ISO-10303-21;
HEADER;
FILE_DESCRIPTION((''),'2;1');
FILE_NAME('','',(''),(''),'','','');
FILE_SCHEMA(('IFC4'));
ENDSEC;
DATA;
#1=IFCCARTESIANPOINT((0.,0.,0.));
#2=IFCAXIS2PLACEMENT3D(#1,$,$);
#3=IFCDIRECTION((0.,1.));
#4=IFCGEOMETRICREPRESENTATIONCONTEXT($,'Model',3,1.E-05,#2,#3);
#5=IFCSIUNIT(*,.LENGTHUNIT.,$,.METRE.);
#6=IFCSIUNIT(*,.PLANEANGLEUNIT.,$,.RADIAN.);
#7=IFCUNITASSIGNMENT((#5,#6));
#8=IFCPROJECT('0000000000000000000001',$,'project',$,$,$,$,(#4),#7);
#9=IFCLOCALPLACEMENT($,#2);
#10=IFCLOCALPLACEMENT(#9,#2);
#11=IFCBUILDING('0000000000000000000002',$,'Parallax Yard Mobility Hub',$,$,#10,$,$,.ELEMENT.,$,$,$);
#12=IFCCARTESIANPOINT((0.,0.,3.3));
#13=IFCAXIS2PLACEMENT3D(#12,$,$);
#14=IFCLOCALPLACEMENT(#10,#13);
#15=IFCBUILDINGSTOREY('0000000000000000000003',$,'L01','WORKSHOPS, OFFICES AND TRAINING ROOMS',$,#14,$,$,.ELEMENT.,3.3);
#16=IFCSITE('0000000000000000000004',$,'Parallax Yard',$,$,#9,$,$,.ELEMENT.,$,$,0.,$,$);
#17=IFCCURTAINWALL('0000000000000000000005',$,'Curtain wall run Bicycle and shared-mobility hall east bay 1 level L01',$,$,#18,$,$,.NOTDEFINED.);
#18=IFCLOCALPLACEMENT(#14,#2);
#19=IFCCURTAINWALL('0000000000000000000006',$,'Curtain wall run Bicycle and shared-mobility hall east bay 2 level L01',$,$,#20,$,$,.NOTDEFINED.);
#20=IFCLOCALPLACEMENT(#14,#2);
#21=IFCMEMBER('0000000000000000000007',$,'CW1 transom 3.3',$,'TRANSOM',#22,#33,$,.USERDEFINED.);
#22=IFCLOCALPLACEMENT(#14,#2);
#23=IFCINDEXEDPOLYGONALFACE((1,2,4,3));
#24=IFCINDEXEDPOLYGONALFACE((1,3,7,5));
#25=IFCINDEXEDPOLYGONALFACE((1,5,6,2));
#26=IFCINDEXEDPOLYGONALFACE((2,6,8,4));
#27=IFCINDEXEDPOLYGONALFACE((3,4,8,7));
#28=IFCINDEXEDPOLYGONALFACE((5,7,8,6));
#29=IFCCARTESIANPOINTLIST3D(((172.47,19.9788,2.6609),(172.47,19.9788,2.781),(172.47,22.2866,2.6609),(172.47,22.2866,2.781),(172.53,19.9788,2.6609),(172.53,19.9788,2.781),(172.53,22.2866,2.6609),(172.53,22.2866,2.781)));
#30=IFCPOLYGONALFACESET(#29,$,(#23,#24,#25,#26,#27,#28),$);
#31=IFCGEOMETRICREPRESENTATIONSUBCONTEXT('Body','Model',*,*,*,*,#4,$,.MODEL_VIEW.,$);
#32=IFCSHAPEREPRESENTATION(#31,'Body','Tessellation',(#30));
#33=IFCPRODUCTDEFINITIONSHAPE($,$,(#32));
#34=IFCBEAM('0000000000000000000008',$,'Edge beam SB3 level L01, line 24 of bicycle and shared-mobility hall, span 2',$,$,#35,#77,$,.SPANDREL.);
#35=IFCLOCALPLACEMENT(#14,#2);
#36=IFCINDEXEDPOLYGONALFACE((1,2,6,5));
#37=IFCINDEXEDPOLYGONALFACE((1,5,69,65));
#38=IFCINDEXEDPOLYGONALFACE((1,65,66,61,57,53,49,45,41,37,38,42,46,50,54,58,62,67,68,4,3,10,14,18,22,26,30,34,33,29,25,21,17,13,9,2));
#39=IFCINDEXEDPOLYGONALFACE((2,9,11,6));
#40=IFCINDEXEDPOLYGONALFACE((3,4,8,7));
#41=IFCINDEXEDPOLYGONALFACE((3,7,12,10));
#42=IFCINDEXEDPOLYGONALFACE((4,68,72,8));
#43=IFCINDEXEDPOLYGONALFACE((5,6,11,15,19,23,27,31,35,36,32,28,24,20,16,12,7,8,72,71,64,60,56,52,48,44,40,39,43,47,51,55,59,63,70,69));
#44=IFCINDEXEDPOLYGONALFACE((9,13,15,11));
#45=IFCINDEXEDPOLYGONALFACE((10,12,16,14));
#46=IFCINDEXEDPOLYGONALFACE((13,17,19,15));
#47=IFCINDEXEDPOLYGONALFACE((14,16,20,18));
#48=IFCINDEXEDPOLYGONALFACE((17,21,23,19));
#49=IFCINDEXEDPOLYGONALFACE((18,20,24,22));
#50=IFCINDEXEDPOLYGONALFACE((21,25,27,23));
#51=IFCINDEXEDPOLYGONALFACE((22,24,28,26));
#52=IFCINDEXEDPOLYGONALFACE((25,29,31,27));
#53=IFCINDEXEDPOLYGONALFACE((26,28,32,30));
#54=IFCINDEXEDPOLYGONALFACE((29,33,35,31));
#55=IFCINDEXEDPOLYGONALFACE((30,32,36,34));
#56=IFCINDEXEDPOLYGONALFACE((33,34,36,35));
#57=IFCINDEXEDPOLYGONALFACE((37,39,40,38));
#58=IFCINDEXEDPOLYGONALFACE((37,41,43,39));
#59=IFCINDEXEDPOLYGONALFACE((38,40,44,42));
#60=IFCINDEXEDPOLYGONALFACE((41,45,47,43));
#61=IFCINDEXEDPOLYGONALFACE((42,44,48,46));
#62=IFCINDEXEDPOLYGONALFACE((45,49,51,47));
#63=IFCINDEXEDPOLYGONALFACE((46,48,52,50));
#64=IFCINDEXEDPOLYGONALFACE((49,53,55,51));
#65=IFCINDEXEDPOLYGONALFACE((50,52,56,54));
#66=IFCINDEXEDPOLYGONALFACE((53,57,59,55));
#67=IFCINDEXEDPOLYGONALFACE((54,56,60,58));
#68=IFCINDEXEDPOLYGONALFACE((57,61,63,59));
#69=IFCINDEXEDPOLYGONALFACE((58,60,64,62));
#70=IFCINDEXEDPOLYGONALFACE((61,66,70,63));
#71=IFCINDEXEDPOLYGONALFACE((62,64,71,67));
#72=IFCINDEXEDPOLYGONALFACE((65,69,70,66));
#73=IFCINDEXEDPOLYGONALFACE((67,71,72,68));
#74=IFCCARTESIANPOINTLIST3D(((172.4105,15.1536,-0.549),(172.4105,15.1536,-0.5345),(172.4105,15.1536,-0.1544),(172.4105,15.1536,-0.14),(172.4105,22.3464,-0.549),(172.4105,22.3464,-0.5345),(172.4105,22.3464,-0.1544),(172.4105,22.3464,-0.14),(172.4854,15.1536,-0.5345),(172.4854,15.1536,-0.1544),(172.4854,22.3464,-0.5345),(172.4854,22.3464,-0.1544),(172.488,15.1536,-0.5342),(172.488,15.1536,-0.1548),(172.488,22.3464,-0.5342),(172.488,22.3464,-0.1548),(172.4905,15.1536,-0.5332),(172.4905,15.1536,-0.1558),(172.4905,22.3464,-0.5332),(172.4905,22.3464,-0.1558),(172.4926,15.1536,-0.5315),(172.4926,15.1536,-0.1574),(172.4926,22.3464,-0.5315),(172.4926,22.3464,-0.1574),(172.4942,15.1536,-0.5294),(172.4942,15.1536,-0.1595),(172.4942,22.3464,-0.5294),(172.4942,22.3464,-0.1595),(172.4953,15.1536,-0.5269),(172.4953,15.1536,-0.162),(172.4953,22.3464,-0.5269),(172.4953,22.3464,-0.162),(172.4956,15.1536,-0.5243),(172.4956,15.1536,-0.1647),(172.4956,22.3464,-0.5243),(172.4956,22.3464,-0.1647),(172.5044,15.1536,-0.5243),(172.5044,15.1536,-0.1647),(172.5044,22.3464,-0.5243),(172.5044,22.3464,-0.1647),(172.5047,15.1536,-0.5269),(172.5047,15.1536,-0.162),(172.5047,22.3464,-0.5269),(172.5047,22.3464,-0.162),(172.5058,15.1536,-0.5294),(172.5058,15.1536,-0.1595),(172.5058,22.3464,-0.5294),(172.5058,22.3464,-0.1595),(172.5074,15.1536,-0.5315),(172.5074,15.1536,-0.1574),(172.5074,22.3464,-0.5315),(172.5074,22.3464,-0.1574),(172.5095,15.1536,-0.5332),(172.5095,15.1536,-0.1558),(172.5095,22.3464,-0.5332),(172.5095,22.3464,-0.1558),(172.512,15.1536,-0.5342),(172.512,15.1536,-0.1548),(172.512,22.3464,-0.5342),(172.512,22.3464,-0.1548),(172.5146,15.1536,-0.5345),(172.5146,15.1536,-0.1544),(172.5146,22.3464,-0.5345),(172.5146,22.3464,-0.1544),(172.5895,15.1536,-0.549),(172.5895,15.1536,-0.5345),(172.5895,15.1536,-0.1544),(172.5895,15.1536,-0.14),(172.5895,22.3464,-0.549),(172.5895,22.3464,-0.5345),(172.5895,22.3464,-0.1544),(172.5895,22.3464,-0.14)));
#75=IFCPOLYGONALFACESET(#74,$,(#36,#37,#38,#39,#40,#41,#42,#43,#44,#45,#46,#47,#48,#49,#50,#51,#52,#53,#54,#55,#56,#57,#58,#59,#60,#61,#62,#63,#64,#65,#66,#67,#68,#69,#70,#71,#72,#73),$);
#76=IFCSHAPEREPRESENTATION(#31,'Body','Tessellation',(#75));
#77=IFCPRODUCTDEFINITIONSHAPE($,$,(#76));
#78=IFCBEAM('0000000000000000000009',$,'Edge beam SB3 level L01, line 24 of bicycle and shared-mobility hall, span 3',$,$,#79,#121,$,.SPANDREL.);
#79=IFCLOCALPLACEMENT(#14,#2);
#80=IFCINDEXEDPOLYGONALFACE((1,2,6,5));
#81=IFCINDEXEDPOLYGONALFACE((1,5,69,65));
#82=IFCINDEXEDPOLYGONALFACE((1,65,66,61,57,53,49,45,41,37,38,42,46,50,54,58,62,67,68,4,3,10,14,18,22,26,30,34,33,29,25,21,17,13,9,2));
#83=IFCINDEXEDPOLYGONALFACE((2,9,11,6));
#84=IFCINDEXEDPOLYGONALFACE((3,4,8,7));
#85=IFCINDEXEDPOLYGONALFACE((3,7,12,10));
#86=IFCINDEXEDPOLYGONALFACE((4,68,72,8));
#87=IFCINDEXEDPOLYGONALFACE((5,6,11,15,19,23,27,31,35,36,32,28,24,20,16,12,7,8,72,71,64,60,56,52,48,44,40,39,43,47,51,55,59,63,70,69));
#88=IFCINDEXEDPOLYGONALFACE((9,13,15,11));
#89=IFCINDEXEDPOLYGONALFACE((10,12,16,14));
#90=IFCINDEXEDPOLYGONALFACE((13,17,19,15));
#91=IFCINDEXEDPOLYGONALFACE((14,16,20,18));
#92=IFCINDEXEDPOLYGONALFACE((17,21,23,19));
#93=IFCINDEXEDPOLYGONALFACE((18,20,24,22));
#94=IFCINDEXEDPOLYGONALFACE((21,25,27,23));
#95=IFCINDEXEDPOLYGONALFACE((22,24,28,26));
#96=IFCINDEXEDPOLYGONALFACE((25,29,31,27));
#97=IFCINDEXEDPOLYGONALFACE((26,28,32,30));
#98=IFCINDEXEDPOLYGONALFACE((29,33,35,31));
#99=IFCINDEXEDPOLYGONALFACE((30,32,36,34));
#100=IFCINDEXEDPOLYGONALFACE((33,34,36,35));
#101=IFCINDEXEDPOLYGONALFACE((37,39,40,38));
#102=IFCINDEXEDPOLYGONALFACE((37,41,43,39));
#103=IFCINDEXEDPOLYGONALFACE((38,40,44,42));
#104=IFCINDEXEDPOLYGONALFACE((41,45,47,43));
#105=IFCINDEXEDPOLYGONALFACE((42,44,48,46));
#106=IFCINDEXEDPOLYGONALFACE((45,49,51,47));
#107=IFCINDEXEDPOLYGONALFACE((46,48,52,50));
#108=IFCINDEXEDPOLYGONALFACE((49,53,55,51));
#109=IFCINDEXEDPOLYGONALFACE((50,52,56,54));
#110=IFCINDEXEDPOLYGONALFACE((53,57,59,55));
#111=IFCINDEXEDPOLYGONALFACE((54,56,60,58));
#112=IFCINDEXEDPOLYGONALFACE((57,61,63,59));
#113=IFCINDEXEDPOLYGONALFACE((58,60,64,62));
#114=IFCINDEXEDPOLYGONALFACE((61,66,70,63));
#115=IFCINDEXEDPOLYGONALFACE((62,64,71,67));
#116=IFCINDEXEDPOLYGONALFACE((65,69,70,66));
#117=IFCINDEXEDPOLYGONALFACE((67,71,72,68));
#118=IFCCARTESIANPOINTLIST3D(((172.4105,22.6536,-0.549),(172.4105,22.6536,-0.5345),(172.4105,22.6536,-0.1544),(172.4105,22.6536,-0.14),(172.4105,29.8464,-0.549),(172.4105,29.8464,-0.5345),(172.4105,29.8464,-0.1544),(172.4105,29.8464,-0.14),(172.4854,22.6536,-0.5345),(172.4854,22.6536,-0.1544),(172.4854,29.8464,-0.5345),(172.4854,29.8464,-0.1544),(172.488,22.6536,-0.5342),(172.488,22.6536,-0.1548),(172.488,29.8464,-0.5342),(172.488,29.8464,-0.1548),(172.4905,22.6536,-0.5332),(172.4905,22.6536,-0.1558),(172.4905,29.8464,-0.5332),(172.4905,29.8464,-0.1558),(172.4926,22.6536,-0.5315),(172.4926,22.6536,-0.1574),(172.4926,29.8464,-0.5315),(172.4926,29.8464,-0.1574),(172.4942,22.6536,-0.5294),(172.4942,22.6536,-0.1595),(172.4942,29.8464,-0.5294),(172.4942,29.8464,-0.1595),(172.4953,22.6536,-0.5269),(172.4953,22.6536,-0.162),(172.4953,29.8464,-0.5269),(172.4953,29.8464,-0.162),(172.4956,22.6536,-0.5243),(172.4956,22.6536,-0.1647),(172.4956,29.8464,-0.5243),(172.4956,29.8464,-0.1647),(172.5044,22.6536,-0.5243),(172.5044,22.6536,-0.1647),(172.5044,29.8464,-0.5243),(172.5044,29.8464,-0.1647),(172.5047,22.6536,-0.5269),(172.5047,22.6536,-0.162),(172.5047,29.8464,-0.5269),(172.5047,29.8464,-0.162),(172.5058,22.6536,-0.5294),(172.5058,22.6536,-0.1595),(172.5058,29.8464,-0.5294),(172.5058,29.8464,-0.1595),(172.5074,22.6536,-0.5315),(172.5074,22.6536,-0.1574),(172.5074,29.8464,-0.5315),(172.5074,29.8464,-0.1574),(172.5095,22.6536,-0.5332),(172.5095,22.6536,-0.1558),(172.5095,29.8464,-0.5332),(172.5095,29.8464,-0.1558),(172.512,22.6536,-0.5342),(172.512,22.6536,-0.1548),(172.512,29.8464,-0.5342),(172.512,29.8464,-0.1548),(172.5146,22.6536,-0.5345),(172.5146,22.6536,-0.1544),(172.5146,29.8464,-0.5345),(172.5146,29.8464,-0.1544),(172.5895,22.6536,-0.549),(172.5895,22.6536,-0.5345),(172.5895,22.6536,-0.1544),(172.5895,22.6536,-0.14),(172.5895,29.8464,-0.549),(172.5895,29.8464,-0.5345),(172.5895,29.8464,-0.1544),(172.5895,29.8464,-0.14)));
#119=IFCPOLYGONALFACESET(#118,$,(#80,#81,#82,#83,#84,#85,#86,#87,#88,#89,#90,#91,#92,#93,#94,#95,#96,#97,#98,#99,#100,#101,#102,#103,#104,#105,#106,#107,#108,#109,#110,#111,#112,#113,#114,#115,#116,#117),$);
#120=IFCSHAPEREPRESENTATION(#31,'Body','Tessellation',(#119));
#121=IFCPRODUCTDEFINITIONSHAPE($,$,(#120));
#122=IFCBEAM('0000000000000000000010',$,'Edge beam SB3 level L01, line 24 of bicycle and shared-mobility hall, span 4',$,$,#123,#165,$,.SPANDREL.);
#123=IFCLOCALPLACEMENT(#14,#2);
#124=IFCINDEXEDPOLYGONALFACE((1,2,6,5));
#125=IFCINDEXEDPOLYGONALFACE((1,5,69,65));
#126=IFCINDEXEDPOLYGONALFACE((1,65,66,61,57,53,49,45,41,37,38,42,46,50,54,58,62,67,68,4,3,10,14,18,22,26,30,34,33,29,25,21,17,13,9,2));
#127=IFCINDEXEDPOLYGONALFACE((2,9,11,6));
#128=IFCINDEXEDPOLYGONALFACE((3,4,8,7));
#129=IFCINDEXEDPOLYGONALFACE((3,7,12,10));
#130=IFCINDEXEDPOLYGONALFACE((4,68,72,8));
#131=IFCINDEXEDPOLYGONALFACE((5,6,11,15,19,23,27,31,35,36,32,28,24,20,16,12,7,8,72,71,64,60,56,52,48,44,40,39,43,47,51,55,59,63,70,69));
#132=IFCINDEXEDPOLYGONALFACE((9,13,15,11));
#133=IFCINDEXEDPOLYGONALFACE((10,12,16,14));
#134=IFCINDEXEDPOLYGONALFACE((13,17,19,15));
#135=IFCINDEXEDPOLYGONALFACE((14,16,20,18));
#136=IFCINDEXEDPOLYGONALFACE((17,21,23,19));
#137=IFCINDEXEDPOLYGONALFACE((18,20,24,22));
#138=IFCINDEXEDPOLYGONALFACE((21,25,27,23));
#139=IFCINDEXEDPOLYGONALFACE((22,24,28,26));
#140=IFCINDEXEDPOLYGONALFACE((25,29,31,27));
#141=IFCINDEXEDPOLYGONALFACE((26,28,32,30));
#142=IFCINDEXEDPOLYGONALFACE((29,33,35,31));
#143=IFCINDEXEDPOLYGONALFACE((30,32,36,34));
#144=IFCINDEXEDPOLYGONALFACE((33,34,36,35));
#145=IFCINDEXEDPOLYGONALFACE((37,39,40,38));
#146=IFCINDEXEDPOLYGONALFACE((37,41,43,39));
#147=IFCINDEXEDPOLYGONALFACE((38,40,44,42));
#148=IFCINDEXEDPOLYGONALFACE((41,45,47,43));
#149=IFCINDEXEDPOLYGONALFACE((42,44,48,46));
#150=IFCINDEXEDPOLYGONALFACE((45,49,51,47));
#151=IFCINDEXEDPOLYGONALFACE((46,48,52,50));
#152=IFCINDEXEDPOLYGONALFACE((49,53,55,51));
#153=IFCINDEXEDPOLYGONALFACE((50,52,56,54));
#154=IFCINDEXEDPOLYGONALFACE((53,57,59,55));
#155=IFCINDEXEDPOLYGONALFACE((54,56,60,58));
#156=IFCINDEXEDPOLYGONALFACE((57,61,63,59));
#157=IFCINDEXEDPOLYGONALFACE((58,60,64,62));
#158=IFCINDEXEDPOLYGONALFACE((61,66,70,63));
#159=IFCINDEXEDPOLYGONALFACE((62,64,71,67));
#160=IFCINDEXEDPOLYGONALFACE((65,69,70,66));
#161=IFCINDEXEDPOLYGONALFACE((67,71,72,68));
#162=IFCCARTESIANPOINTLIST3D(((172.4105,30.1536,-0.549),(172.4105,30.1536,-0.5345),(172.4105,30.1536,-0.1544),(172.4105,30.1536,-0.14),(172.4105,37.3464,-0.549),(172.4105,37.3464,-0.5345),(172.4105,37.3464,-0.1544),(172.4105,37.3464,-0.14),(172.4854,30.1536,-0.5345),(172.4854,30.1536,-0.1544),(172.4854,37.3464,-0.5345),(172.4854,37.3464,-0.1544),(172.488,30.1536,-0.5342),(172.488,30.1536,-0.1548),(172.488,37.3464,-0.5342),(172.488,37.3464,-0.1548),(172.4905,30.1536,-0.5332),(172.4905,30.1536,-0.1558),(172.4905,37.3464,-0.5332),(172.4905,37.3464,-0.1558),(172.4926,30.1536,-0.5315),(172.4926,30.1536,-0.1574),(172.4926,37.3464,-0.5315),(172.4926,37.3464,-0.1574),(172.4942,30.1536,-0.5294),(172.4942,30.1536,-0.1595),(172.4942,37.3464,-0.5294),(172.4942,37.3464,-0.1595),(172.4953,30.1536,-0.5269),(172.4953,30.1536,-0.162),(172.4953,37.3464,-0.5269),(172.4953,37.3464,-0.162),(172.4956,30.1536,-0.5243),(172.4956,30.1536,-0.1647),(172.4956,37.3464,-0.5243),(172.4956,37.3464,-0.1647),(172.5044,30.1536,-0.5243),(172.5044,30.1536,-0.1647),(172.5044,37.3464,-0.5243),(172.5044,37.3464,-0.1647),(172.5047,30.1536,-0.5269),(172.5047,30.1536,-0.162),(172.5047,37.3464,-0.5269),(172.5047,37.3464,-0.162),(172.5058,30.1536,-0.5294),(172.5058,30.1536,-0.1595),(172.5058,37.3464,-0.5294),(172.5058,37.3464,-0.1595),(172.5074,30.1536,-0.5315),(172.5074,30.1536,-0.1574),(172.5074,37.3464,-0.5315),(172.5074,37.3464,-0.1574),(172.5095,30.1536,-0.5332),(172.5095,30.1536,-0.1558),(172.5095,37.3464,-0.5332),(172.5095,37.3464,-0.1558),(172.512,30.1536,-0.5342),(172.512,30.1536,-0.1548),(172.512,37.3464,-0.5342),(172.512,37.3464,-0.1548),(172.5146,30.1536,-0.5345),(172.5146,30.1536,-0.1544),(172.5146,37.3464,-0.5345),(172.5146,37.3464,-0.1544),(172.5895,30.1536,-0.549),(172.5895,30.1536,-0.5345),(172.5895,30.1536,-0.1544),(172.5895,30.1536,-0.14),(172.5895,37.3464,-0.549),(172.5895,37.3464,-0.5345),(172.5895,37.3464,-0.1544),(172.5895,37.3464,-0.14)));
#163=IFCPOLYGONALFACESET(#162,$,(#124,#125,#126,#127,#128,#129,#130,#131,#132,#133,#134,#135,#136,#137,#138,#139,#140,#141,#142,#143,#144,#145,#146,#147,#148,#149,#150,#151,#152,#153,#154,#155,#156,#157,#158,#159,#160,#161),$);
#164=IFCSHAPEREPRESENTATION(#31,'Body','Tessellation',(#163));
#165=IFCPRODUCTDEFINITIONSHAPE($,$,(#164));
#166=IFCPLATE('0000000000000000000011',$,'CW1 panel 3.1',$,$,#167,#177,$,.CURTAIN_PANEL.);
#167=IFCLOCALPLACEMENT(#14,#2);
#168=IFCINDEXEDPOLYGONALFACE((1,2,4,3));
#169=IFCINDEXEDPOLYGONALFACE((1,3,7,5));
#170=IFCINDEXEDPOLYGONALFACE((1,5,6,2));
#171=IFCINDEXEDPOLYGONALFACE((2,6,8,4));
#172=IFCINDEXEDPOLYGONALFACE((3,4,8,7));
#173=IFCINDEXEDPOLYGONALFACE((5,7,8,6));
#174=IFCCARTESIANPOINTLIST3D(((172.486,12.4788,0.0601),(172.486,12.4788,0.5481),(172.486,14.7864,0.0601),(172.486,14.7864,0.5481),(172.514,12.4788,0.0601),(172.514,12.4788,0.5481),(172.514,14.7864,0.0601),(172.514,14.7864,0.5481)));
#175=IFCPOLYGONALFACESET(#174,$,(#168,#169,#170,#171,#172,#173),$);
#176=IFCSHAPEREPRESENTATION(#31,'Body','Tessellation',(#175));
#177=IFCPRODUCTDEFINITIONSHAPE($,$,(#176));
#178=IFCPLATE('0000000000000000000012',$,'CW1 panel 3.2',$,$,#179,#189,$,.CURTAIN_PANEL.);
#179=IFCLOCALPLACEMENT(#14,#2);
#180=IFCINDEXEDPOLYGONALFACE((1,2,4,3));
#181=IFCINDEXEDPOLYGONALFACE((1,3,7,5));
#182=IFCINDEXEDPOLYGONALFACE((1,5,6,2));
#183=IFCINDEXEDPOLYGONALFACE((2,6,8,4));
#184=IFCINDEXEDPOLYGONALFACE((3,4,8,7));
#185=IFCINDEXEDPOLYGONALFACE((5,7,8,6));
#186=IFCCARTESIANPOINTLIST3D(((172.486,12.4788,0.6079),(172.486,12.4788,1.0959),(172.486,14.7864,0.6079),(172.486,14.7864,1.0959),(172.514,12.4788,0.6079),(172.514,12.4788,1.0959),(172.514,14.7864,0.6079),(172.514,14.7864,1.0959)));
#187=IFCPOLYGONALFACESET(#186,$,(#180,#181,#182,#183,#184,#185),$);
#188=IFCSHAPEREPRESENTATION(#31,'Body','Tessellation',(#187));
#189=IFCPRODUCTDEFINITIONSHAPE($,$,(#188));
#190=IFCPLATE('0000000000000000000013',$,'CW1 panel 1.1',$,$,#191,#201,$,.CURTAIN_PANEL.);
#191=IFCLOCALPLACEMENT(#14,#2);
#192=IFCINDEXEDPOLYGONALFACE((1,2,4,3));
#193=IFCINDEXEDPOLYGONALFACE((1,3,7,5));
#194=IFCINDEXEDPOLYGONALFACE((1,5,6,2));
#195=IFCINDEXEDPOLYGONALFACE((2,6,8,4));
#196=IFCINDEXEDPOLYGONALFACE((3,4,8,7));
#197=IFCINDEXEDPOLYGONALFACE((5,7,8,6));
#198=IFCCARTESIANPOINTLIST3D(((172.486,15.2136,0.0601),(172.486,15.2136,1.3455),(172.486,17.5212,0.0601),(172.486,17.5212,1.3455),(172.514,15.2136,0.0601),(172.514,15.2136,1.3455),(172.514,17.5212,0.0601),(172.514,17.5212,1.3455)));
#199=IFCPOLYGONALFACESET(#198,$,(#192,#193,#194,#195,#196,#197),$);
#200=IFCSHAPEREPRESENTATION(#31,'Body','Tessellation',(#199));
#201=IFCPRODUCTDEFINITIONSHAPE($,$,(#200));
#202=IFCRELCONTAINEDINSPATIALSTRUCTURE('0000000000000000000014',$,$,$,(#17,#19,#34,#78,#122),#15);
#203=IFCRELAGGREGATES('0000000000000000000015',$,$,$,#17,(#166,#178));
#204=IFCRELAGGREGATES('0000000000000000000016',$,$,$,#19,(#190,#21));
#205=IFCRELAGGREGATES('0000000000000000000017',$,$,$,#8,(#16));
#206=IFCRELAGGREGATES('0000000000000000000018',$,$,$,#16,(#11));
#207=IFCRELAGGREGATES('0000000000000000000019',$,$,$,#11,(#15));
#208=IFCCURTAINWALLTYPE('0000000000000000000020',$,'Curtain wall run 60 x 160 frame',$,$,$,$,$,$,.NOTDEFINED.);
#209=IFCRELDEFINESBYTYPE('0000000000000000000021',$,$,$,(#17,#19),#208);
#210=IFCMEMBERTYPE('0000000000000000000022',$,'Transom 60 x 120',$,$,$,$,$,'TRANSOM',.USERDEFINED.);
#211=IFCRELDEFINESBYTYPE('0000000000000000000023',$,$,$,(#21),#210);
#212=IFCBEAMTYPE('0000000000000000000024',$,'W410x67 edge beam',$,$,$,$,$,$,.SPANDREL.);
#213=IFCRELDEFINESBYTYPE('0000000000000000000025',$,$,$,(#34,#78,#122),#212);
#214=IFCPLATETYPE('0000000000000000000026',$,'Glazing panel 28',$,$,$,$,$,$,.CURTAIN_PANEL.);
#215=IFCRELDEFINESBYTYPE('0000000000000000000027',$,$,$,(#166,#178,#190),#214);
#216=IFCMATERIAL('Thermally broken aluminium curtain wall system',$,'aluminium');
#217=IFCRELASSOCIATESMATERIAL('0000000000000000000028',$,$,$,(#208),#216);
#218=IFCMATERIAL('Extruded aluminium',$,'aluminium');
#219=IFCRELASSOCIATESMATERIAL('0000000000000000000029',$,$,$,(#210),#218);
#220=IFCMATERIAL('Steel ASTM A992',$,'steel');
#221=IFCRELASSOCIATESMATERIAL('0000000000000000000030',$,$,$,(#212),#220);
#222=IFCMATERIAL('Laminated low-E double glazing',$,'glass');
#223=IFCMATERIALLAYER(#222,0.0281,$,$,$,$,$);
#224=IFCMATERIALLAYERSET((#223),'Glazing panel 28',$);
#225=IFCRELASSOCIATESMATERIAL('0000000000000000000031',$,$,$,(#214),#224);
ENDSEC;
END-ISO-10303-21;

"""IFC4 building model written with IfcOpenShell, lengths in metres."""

from ifc_helpers import new_model, si_unit, direction, frame, origin, origin_2d, place, context, subcontext, project, spatial, rectangle, i_section, extrude, material, layer, layer_set, material_profile, profile_set, type_object, element, aggregate, save


model = new_model("IFC4")

# Units and contexts
model_context = context("Model", 3, precision=1e-05, world=origin(), true_north=direction((0.0, 1.0)))
body_context = subcontext(model_context, "Body", "Model", "MODEL_VIEW")
ifc_project = project(units=[si_unit("LENGTHUNIT", "METRE"), si_unit("PLANEANGLEUNIT", "RADIAN")], contexts=[model_context])

# Site, building, storey
site_placement = place(None, origin())
site = spatial("IfcSite", under=ifc_project, at=site_placement, Name="Parallax Yard", CompositionType="ELEMENT", RefElevation=0.0)
building_placement = place(site_placement, origin())
building = spatial("IfcBuilding", under=site, at=building_placement, Name="Parallax Yard Mobility Hub", CompositionType="ELEMENT")
storey_placement = place(building_placement, frame((0.0, 0.0, 3.3)))
storey = spatial("IfcBuildingStorey", under=building, at=storey_placement, Name="L01", Description="WORKSHOPS, OFFICES AND TRAINING ROOMS", CompositionType="ELEMENT", Elevation=3.3)

# Shared definitions
ifc_material_1 = material(Name="Steel ASTM A992", Category="steel")

# Curtain wall
ifc_material_2 = material(Name="Thermally broken aluminium curtain wall system", Category="aluminium")
curtain_wall_type = type_object("IfcCurtainWallType", Name="Curtain wall run 60 x 160 frame", PredefinedType="NOTDEFINED", material=ifc_material_2)
curtain_wall_1_placement = place(storey_placement, origin())
curtain_wall_1 = element("IfcCurtainWall", 1, at=curtain_wall_1_placement, inside=storey, type_object=curtain_wall_type, Name="Curtain wall run Bicycle and shared-mobility hall east bay 1 level L01", PredefinedType="NOTDEFINED")
ifc_material_3 = material(Name="Extruded aluminium", Category="aluminium")

# Curtain wall
curtain_wall_2_placement = place(storey_placement, origin())
curtain_wall_2 = element("IfcCurtainWall", 2, at=curtain_wall_2_placement, inside=storey, type_object=curtain_wall_type, Name="Curtain wall run Bicycle and shared-mobility hall east bay 2 level L01", PredefinedType="NOTDEFINED")

# Member
ifc_material_profile_1 = material_profile(ifc_material_3, rectangle(XDim=0.0601, YDim=0.1201, at=origin_2d()), Name="Transom 60 x 120")
ifc_profile_set_1 = profile_set([ifc_material_profile_1], Name="Extruded aluminium")
member_type_1 = type_object("IfcMemberType", Name="Transom 60 x 120", ElementType="TRANSOM", PredefinedType="USERDEFINED", material=ifc_profile_set_1)
member_1_placement = place(storey_placement, frame((172.5, 19.9788, 2.7209), z_axis=(0.0, 1.0, 0.0), x_axis=(-1.0, 0.0, 0.0)))
member_1 = element("IfcMember", 3, at=member_1_placement, type_object=member_type_1, Name="CW1 transom 3.3", ObjectType="TRANSOM", PredefinedType="USERDEFINED", context=body_context, shape_type="SweptSolid", body=[
    extrude(rectangle(XDim=0.0601, YDim=0.1201, at=origin_2d()), origin(), (0.0, 0.0, 1.0), 2.3079),
])

# Beams
ifc_material_profile_2 = material_profile(ifc_material_1, i_section(OverallWidth=0.179, OverallDepth=0.4089, WebThickness=0.0088, FlangeThickness=0.0144, FilletRadius=0.0103, at=origin_2d()), Name="W410x67")
ifc_profile_set_2 = profile_set([ifc_material_profile_2], Name="Steel ASTM A992")
beam_type = type_object("IfcBeamType", Name="W410x67 edge beam", PredefinedType="SPANDREL", material=ifc_profile_set_2)
for number, where, z_axis, x_axis, name in (
    (4, (172.5, 15.1536, -0.3445), (0.0, 1.0, 0.0), (-1.0, 0.0, 0.0), "Edge beam SB3 level L01, line 24 of bicycle and shared-mobility hall, span 2"),
    (5, (172.5, 22.6536, -0.3445), (0.0, 1.0, 0.0), (-1.0, 0.0, 0.0), "Edge beam SB3 level L01, line 24 of bicycle and shared-mobility hall, span 3"),
    (6, (172.5, 30.1536, -0.3445), (0.0, 1.0, 0.0), (-1.0, 0.0, 0.0), "Edge beam SB3 level L01, line 24 of bicycle and shared-mobility hall, span 4"),
):
    element("IfcBeam", number, at=place(storey_placement, frame(where, z_axis=z_axis, x_axis=x_axis)), inside=storey, type_object=beam_type, Name=name, PredefinedType="SPANDREL", context=body_context, shape_type="SweptSolid", body=[
        extrude(i_section(OverallWidth=0.179, OverallDepth=0.4089, WebThickness=0.0088, FlangeThickness=0.0144, FilletRadius=0.0103, at=origin_2d()), origin(), (0.0, 0.0, 1.0), 7.1929),
    ])

# Plates
ifc_material_4 = material(Name="Laminated low-E double glazing", Category="glass")
ifc_layer_1 = layer(ifc_material_4, 0.0281)
ifc_layer_set_1 = layer_set([ifc_layer_1], Name="Glazing panel 28")
plate_type = type_object("IfcPlateType", Name="Glazing panel 28", PredefinedType="CURTAIN_PANEL", material=ifc_layer_set_1)
plate_1_placement = place(storey_placement, frame((172.5, 13.6326, 0.0601), z_axis=(0.0, 0.0, 1.0), x_axis=(0.0, 1.0, 0.0)))
plate_1 = element("IfcPlate", 7, at=plate_1_placement, type_object=plate_type, Name="CW1 panel 3.1", PredefinedType="CURTAIN_PANEL", context=body_context, shape_type="SweptSolid", body=[
    extrude(rectangle(XDim=2.3076, YDim=0.0281, at=origin_2d()), origin(), (0.0, 0.0, 1.0), 0.488),
])
plate_2_placement = place(storey_placement, frame((172.5, 13.6326, 0.6079), z_axis=(0.0, 0.0, 1.0), x_axis=(0.0, 1.0, 0.0)))
plate_2 = element("IfcPlate", 8, at=plate_2_placement, type_object=plate_type, Name="CW1 panel 3.2", PredefinedType="CURTAIN_PANEL", context=body_context, shape_type="SweptSolid", body=[
    extrude(rectangle(XDim=2.3076, YDim=0.0281, at=origin_2d()), origin(), (0.0, 0.0, 1.0), 0.488),
])
aggregate(curtain_wall_1, [plate_1, plate_2])
plate_3_placement = place(storey_placement, frame((172.5, 16.3674, 0.0601), z_axis=(0.0, 0.0, 1.0), x_axis=(0.0, 1.0, 0.0)))
plate_3 = element("IfcPlate", 9, at=plate_3_placement, type_object=plate_type, Name="CW1 panel 1.1", PredefinedType="CURTAIN_PANEL", context=body_context, shape_type="SweptSolid", body=[
    extrude(rectangle(XDim=2.3076, YDim=0.0281, at=origin_2d()), origin(), (0.0, 0.0, 1.0), 1.2854),
])
aggregate(curtain_wall_2, [plate_3, member_1])

save(model, "model.ifc")
